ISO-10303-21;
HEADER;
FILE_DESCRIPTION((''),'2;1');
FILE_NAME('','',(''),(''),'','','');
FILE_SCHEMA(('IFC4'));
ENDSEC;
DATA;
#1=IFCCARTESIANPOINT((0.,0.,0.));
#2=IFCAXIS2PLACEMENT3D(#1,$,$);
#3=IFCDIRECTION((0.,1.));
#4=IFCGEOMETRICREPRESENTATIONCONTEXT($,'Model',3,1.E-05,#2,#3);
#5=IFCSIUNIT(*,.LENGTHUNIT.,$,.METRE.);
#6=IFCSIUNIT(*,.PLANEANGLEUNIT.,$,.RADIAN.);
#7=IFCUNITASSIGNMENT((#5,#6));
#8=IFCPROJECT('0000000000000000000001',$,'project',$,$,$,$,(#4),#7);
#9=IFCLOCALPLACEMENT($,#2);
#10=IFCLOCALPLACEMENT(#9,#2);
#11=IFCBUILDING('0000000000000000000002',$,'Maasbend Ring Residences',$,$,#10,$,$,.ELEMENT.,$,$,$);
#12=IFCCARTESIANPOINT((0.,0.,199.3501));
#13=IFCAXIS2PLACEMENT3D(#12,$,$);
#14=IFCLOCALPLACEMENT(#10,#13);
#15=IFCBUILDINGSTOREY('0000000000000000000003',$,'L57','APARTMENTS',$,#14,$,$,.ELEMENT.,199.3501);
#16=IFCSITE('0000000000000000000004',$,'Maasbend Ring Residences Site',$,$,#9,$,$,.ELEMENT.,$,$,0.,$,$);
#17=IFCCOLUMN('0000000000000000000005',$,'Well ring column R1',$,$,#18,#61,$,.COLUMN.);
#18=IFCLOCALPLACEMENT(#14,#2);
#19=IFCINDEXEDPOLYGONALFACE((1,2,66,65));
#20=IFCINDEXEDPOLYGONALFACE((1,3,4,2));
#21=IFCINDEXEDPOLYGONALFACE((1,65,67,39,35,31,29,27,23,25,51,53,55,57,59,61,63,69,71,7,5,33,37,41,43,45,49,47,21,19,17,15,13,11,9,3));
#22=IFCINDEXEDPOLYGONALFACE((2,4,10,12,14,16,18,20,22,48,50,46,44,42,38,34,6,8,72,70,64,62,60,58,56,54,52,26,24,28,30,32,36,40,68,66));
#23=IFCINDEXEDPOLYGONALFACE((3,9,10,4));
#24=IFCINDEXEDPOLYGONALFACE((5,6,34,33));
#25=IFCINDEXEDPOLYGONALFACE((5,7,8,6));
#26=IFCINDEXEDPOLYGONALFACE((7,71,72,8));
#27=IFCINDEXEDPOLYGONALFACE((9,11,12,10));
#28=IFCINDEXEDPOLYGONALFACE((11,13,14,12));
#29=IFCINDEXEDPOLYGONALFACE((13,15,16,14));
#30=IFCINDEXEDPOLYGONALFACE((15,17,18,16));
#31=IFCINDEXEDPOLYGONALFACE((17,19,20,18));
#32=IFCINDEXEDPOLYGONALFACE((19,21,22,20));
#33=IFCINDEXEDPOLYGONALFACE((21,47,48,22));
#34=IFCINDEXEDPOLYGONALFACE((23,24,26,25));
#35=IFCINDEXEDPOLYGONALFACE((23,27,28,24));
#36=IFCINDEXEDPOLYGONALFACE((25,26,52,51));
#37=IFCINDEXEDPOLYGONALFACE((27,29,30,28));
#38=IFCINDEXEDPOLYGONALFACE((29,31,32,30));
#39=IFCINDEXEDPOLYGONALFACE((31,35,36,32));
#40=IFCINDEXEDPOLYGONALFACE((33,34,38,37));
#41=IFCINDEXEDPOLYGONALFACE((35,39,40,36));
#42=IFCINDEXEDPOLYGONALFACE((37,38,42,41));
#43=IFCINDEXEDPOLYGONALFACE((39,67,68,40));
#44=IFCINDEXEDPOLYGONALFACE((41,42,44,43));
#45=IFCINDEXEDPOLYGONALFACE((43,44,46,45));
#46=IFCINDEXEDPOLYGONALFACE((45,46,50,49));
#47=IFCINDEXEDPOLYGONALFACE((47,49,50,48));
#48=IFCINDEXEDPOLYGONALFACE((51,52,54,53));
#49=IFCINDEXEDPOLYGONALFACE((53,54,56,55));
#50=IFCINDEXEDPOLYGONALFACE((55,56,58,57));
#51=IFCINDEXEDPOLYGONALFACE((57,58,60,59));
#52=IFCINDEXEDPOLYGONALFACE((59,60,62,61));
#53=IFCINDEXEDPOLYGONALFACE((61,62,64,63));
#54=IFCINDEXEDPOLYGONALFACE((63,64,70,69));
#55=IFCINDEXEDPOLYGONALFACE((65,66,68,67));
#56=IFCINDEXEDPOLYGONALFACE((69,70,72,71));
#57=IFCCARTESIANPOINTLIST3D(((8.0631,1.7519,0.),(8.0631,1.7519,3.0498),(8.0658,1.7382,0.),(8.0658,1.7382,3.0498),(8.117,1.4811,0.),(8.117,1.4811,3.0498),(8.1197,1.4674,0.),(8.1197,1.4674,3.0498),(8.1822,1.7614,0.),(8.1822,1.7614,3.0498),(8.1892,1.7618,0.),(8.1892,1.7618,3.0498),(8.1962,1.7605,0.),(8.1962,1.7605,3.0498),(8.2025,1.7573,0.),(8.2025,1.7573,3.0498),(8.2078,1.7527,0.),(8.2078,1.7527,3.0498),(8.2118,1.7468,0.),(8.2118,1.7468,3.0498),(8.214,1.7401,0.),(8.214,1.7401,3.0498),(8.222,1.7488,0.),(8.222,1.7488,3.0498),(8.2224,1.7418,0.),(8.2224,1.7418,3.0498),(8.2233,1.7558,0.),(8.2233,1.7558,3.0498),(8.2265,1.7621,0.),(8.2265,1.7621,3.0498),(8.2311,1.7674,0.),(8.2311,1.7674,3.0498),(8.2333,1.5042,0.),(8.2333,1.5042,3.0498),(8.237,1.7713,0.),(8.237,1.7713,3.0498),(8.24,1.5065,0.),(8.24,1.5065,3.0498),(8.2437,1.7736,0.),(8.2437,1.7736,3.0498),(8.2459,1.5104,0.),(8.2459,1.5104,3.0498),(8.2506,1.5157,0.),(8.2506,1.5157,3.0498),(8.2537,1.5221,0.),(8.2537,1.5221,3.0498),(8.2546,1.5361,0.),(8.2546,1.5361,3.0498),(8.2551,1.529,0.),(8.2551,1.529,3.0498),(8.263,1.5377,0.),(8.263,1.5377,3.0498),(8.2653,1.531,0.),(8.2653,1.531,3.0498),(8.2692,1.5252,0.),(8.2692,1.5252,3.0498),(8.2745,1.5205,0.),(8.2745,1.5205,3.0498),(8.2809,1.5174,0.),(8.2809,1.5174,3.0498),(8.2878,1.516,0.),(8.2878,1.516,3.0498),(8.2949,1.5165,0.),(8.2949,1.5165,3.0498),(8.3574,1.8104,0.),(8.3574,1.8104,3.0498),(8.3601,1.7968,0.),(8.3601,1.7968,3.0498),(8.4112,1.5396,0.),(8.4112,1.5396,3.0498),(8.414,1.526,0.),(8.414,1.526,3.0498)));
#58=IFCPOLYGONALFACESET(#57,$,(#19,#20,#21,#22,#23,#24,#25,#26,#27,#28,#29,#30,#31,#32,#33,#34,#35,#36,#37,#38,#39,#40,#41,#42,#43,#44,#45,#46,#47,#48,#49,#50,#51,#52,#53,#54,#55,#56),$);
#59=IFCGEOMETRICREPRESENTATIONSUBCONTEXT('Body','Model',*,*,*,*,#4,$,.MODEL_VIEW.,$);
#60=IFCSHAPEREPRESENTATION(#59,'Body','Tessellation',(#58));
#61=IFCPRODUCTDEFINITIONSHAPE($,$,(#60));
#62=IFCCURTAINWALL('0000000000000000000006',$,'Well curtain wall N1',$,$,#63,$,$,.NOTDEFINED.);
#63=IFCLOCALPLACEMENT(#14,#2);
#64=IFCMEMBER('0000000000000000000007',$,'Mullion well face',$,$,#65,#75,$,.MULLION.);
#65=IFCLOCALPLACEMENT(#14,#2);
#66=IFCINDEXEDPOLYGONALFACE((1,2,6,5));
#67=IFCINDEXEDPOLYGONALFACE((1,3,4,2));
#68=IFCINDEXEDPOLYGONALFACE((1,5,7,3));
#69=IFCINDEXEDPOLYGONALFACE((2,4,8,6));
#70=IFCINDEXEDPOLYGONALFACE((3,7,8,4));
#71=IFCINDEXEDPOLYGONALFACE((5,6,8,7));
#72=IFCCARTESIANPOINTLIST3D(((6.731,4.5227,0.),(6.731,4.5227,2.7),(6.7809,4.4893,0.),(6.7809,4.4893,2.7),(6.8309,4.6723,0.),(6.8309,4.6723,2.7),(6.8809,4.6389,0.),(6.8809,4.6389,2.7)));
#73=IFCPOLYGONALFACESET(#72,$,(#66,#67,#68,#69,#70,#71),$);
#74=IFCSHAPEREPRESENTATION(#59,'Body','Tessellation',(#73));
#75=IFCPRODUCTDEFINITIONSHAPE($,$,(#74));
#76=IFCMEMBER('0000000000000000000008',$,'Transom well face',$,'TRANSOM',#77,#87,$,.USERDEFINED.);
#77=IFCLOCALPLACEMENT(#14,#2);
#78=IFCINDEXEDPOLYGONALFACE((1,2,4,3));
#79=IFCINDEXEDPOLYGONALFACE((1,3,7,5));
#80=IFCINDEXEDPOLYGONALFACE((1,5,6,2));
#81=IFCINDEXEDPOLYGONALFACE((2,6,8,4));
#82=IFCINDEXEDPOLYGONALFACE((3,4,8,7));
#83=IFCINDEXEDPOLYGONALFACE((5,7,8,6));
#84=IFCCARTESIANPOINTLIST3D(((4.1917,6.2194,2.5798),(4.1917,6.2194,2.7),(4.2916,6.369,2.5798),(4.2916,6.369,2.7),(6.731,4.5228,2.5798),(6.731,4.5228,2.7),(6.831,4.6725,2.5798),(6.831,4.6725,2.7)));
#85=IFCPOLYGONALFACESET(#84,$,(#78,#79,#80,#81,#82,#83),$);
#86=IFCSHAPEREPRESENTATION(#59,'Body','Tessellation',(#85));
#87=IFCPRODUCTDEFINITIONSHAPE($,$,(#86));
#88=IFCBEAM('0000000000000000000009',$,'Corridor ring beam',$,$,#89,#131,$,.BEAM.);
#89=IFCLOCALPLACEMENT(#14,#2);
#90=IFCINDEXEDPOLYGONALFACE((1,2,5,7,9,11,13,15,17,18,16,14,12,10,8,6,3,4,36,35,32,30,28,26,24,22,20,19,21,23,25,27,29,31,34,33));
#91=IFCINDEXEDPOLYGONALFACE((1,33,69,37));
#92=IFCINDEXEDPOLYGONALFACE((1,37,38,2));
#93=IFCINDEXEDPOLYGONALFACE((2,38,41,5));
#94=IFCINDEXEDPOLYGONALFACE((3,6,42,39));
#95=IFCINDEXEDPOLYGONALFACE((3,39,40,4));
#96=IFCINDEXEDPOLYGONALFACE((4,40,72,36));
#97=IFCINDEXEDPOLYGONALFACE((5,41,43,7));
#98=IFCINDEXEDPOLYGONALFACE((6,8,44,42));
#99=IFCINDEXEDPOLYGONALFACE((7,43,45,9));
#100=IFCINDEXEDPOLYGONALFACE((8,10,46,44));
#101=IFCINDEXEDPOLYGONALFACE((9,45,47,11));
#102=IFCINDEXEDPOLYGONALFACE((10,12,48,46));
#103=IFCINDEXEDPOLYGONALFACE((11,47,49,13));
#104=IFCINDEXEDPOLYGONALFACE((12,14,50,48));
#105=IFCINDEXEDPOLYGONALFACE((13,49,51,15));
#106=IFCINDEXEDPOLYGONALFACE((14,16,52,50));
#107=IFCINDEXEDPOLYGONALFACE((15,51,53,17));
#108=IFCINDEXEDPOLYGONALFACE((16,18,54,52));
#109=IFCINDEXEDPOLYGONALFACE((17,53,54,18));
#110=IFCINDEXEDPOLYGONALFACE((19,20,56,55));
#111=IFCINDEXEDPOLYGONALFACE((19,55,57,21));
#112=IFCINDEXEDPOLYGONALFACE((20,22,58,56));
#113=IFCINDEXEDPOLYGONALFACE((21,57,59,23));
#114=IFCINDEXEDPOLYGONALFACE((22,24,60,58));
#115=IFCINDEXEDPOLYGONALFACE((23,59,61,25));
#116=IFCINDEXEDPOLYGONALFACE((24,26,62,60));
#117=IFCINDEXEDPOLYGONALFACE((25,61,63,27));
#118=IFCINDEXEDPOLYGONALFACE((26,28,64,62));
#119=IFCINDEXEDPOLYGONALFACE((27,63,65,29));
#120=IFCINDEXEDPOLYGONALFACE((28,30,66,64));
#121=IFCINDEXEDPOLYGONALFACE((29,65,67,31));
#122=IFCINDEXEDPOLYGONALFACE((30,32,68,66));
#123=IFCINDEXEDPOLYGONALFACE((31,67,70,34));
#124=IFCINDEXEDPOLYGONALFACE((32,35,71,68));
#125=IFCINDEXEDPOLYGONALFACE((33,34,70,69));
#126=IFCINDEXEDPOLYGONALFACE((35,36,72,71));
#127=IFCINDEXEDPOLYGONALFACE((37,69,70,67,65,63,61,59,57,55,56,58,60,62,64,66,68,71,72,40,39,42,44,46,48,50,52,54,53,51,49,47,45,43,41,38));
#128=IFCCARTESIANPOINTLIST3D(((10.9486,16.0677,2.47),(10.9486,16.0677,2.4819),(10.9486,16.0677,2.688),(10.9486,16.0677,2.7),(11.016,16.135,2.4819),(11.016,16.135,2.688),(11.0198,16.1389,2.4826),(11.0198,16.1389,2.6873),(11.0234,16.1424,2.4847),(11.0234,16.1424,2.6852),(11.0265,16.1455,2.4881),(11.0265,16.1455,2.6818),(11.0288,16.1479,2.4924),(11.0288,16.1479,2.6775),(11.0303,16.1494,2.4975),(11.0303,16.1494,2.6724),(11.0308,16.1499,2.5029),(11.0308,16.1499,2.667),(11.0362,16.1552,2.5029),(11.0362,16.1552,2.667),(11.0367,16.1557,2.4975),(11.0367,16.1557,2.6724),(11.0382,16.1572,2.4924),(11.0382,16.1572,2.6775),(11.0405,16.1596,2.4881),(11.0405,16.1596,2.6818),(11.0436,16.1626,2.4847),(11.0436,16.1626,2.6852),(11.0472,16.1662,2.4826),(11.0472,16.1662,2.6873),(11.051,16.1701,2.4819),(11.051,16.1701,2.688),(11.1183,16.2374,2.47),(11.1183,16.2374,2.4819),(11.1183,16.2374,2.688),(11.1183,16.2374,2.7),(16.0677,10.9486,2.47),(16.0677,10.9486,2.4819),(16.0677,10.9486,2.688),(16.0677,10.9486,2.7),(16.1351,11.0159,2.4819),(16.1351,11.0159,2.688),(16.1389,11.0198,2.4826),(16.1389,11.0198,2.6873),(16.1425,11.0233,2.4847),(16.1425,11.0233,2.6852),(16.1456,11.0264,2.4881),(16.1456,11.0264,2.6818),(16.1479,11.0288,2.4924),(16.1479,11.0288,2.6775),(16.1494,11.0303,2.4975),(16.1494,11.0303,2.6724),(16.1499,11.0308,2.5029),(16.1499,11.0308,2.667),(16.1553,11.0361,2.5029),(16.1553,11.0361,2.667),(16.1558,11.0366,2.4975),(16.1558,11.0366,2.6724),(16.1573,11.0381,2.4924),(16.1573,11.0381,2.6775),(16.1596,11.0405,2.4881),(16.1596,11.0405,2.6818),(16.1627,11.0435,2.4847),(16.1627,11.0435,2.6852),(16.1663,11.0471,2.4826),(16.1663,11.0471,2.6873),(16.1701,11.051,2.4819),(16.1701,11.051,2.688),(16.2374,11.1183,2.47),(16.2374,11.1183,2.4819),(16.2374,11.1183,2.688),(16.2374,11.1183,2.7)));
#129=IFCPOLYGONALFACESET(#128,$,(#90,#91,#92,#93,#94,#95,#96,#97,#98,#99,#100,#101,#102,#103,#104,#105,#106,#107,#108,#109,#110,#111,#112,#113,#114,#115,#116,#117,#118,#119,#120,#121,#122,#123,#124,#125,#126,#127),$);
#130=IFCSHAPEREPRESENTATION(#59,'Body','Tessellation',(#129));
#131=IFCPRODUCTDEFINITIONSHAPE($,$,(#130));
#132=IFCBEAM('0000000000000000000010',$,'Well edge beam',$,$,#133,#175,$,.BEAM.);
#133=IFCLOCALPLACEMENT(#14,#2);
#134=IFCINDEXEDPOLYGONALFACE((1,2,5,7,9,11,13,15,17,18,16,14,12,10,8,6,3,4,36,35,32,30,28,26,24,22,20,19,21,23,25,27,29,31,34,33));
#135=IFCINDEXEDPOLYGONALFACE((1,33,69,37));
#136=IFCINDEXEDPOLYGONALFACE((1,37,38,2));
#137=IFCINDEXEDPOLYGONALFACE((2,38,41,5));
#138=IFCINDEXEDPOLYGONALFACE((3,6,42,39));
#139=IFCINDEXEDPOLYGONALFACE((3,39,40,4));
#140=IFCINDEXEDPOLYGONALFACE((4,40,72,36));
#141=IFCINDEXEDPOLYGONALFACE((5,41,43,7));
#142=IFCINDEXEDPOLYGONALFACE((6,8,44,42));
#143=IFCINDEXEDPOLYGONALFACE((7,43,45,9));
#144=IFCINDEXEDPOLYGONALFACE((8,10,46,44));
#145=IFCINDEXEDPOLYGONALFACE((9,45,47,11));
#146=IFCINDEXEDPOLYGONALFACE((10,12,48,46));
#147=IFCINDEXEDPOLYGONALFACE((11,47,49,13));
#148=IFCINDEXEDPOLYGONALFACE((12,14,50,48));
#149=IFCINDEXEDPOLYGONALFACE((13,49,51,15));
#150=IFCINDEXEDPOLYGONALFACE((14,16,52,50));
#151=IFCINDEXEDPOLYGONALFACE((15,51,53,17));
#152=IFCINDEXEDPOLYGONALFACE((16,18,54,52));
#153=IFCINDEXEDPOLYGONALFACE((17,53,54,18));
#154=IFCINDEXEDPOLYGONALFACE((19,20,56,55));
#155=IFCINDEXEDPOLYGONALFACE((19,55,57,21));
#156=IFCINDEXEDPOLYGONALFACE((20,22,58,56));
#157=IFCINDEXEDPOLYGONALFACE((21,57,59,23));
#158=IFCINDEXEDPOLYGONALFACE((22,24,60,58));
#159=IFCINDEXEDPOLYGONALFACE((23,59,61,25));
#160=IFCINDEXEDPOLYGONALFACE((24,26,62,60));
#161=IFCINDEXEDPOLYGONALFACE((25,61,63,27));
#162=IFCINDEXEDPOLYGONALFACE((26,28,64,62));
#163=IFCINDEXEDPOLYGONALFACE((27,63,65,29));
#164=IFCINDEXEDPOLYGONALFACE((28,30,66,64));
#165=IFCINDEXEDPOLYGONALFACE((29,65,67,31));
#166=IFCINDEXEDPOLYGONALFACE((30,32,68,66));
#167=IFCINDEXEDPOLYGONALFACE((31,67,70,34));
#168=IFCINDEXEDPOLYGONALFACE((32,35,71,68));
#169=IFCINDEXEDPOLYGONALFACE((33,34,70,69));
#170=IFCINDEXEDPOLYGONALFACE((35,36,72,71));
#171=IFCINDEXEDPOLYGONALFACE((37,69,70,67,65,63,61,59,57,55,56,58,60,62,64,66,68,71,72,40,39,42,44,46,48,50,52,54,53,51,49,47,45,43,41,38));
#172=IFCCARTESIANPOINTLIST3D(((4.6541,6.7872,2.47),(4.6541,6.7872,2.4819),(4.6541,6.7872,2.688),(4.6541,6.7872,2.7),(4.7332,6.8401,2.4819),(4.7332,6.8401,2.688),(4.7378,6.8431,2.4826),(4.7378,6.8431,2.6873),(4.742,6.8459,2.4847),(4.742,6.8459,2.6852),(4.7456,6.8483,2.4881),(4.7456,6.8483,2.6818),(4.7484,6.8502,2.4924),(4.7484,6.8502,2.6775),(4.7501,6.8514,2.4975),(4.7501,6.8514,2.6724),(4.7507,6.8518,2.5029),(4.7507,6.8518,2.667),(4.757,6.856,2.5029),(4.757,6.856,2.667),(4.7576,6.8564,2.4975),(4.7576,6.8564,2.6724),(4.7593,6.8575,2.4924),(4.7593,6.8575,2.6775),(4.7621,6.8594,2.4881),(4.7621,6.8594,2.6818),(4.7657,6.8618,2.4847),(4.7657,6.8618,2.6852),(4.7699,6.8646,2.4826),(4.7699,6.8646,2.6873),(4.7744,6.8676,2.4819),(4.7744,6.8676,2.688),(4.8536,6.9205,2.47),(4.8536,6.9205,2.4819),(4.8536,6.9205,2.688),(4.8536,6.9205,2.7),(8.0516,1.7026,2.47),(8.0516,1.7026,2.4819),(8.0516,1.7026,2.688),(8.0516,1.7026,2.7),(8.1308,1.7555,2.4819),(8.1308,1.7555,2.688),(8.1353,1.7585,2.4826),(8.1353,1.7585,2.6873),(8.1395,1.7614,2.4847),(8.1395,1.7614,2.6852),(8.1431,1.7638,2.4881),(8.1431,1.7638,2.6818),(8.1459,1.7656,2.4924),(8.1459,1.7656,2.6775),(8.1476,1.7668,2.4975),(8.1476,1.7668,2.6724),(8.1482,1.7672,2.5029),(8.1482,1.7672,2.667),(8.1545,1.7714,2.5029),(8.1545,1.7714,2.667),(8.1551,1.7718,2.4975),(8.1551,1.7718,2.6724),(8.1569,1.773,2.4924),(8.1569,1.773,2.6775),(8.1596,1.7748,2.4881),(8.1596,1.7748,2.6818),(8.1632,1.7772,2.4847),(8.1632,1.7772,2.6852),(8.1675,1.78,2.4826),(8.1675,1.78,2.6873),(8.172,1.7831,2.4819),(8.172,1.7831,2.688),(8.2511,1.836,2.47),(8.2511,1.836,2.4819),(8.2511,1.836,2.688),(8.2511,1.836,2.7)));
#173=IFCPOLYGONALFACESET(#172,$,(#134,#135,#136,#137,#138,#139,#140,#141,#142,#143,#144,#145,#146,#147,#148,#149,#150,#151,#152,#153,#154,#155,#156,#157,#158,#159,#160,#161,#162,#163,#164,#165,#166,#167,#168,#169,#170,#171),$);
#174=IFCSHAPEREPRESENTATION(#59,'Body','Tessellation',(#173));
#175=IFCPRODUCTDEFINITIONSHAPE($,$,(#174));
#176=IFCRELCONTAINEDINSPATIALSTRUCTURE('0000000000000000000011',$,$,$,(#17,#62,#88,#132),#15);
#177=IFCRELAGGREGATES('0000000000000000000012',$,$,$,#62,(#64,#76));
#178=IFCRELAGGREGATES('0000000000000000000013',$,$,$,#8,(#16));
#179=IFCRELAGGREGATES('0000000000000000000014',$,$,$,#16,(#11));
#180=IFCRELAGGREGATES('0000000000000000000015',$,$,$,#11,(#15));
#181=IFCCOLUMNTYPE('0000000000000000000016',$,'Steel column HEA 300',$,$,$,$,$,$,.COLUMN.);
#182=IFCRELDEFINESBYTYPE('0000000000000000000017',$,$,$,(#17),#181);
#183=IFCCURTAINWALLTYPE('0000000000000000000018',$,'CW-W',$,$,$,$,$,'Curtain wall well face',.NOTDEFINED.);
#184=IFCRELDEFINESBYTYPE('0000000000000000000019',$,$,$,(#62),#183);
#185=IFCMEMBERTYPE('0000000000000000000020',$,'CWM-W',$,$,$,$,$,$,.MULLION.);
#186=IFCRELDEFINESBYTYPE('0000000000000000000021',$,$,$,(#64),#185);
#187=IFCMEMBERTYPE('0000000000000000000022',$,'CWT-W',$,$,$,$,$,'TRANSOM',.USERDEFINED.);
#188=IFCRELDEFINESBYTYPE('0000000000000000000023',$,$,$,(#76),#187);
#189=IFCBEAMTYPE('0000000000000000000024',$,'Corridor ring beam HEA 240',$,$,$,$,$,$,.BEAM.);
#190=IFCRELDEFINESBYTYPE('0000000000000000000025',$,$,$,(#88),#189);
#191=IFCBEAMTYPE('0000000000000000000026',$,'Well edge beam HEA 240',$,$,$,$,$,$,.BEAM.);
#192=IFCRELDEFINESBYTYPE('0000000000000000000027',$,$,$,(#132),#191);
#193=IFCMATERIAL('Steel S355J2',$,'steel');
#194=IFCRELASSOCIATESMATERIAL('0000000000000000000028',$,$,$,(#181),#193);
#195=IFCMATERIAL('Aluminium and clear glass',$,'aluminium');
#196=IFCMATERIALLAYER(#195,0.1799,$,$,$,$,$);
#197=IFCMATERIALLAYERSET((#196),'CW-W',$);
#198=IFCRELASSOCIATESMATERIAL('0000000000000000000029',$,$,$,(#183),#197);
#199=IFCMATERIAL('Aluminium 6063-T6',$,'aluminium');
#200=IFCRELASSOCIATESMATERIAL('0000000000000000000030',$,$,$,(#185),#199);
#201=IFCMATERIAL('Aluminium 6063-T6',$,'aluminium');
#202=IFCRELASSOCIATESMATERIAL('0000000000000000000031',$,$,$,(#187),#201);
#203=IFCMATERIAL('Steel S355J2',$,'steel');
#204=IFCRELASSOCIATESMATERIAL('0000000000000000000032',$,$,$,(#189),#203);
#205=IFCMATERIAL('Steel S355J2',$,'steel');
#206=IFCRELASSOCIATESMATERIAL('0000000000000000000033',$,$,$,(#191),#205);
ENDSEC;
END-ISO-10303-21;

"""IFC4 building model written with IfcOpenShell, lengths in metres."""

from ifc_helpers import new_model, si_unit, direction, frame, origin, origin_2d, place, context, subcontext, project, spatial, rectangle, i_section, extrude, material, layer, layer_set, material_profile, profile_set, type_object, element, aggregate, save


model = new_model("IFC4")

# Units and contexts
model_context = context("Model", 3, precision=1e-05, world=origin(), true_north=direction((0.0, 1.0)))
body_context = subcontext(model_context, "Body", "Model", "MODEL_VIEW")
ifc_project = project(units=[si_unit("LENGTHUNIT", "METRE"), si_unit("PLANEANGLEUNIT", "RADIAN")], contexts=[model_context])

# Site, building, storey
site_placement = place(None, origin())
site = spatial("IfcSite", under=ifc_project, at=site_placement, Name="Maasbend Ring Residences Site", CompositionType="ELEMENT", RefElevation=0.0)
building_placement = place(site_placement, origin())
building = spatial("IfcBuilding", under=site, at=building_placement, Name="Maasbend Ring Residences", CompositionType="ELEMENT")
storey_placement = place(building_placement, frame((0.0, 0.0, 199.3501)))
storey = spatial("IfcBuildingStorey", under=building, at=storey_placement, Name="L57", Description="APARTMENTS", CompositionType="ELEMENT", Elevation=199.3501)

# Column
ifc_material_1 = material(Name="Steel S355J2", Category="steel")
ifc_material_profile_1 = material_profile(ifc_material_1, i_section(OverallWidth=0.3, OverallDepth=0.29, WebThickness=0.0085, FlangeThickness=0.0139, FilletRadius=0.0271, at=origin_2d()), Name="HEA 300")
ifc_profile_set_1 = profile_set([ifc_material_profile_1], Name="Steel S355J2")
column_type = type_object("IfcColumnType", Name="Steel column HEA 300", PredefinedType="COLUMN", material=ifc_profile_set_1)
column_placement = place(storey_placement, frame((8.2385, 1.6389, 0.0), z_axis=(0.0, 0.0, 1.0), x_axis=(0.980785, 0.19509, 0.0)))
element("IfcColumn", 1, at=column_placement, inside=storey, type_object=column_type, Name="Well ring column R1", PredefinedType="COLUMN", context=body_context, shape_type="SweptSolid", body=[
    extrude(i_section(OverallWidth=0.3, OverallDepth=0.29, WebThickness=0.0085, FlangeThickness=0.0139, FilletRadius=0.0271, at=origin_2d()), origin(), (0.0, 0.0, 1.0), 3.0498),
])

# Curtain wall, members
ifc_material_2 = material(Name="Aluminium and clear glass", Category="aluminium")
ifc_layer_1 = layer(ifc_material_2, 0.1799)
ifc_layer_set_1 = layer_set([ifc_layer_1], Name="CW-W")
curtain_wall_type = type_object("IfcCurtainWallType", Name="CW-W", ElementType="Curtain wall well face", PredefinedType="NOTDEFINED", material=ifc_layer_set_1)
curtain_wall_placement = place(storey_placement, origin())
curtain_wall = element("IfcCurtainWall", 2, at=curtain_wall_placement, inside=storey, type_object=curtain_wall_type, Name="Well curtain wall N1", PredefinedType="NOTDEFINED")
ifc_material_3 = material(Name="Aluminium 6063-T6", Category="aluminium")
ifc_material_profile_2 = material_profile(ifc_material_3, rectangle(XDim=0.1799, YDim=0.0601, at=origin_2d()), Name="AL 180x60")
ifc_profile_set_2 = profile_set([ifc_material_profile_2], Name="Aluminium 6063-T6")
member_type_1 = type_object("IfcMemberType", Name="CWM-W", PredefinedType="MULLION", material=ifc_profile_set_2)
member_1_placement = place(storey_placement, frame((6.8059, 4.5808, 0.0), z_axis=(0.0, 0.0, 1.0), x_axis=(-0.55557, -0.83147, 0.0)))
member_1 = element("IfcMember", 3, at=member_1_placement, type_object=member_type_1, Name="Mullion well face", PredefinedType="MULLION", context=body_context, shape_type="SweptSolid", body=[
    extrude(rectangle(XDim=0.1799, YDim=0.0601, at=origin_2d()), origin(), (0.0, 0.0, 1.0), 2.7),
])
ifc_material_4 = material(Name="Aluminium 6063-T6", Category="aluminium")
ifc_material_profile_3 = material_profile(ifc_material_4, rectangle(XDim=0.1799, YDim=0.1201, at=origin_2d()), Name="AL 180x120")
ifc_profile_set_3 = profile_set([ifc_material_profile_3], Name="Aluminium 6063-T6")
member_type_2 = type_object("IfcMemberType", Name="CWT-W", ElementType="TRANSOM", PredefinedType="USERDEFINED", material=ifc_profile_set_3)
member_2_placement = place(storey_placement, frame((6.781, 4.5977, 2.6399), z_axis=(-0.831496, 0.55553, 0.0), x_axis=(-0.55553, -0.831496, 0.0)))
member_2 = element("IfcMember", 4, at=member_2_placement, type_object=member_type_2, Name="Transom well face", ObjectType="TRANSOM", PredefinedType="USERDEFINED", context=body_context, shape_type="SweptSolid", body=[
    extrude(rectangle(XDim=0.1799, YDim=0.1201, at=origin_2d()), origin(), (0.0, 0.0, 1.0), 3.054),
])
aggregate(curtain_wall, [member_1, member_2])

# Beams
ifc_material_5 = material(Name="Steel S355J2", Category="steel")
ifc_material_profile_4 = material_profile(ifc_material_5, i_section(OverallWidth=0.24, OverallDepth=0.23, WebThickness=0.0076, FlangeThickness=0.012, FilletRadius=0.021, at=origin_2d()), Name="HEA 240")
ifc_profile_set_4 = profile_set([ifc_material_profile_4], Name="Steel S355J2")
beam_type_1 = type_object("IfcBeamType", Name="Corridor ring beam HEA 240", PredefinedType="BEAM", material=ifc_profile_set_4)
beam_1_placement = place(storey_placement, frame((16.1526, 11.0334, 2.585), z_axis=(-0.707107, 0.707107, 0.0), x_axis=(-0.707107, -0.707107, 0.0)))
element("IfcBeam", 5, at=beam_1_placement, inside=storey, type_object=beam_type_1, Name="Corridor ring beam", PredefinedType="BEAM", context=body_context, shape_type="SweptSolid", body=[
    extrude(i_section(OverallWidth=0.24, OverallDepth=0.23, WebThickness=0.0076, FlangeThickness=0.012, FilletRadius=0.021, at=origin_2d()), origin(), (0.0, 0.0, 1.0), 7.2395),
])
ifc_material_6 = material(Name="Steel S355J2", Category="steel")
ifc_material_profile_5 = material_profile(ifc_material_6, i_section(OverallWidth=0.24, OverallDepth=0.23, WebThickness=0.0076, FlangeThickness=0.012, FilletRadius=0.021, at=origin_2d()), Name="HEA 240")
ifc_profile_set_5 = profile_set([ifc_material_profile_5], Name="Steel S355J2")
beam_type_2 = type_object("IfcBeamType", Name="Well edge beam HEA 240", PredefinedType="BEAM", material=ifc_profile_set_5)
beam_2_placement = place(storey_placement, frame((8.1514, 1.7693, 2.585), z_axis=(-0.555584, 0.83146, 0.0), x_axis=(-0.83146, -0.555584, 0.0)))
element("IfcBeam", 6, at=beam_2_placement, inside=storey, type_object=beam_type_2, Name="Well edge beam", PredefinedType="BEAM", context=body_context, shape_type="SweptSolid", body=[
    extrude(i_section(OverallWidth=0.24, OverallDepth=0.23, WebThickness=0.0076, FlangeThickness=0.012, FilletRadius=0.021, at=origin_2d()), origin(), (0.0, 0.0, 1.0), 6.1152),
])

save(model, "model.ifc")
